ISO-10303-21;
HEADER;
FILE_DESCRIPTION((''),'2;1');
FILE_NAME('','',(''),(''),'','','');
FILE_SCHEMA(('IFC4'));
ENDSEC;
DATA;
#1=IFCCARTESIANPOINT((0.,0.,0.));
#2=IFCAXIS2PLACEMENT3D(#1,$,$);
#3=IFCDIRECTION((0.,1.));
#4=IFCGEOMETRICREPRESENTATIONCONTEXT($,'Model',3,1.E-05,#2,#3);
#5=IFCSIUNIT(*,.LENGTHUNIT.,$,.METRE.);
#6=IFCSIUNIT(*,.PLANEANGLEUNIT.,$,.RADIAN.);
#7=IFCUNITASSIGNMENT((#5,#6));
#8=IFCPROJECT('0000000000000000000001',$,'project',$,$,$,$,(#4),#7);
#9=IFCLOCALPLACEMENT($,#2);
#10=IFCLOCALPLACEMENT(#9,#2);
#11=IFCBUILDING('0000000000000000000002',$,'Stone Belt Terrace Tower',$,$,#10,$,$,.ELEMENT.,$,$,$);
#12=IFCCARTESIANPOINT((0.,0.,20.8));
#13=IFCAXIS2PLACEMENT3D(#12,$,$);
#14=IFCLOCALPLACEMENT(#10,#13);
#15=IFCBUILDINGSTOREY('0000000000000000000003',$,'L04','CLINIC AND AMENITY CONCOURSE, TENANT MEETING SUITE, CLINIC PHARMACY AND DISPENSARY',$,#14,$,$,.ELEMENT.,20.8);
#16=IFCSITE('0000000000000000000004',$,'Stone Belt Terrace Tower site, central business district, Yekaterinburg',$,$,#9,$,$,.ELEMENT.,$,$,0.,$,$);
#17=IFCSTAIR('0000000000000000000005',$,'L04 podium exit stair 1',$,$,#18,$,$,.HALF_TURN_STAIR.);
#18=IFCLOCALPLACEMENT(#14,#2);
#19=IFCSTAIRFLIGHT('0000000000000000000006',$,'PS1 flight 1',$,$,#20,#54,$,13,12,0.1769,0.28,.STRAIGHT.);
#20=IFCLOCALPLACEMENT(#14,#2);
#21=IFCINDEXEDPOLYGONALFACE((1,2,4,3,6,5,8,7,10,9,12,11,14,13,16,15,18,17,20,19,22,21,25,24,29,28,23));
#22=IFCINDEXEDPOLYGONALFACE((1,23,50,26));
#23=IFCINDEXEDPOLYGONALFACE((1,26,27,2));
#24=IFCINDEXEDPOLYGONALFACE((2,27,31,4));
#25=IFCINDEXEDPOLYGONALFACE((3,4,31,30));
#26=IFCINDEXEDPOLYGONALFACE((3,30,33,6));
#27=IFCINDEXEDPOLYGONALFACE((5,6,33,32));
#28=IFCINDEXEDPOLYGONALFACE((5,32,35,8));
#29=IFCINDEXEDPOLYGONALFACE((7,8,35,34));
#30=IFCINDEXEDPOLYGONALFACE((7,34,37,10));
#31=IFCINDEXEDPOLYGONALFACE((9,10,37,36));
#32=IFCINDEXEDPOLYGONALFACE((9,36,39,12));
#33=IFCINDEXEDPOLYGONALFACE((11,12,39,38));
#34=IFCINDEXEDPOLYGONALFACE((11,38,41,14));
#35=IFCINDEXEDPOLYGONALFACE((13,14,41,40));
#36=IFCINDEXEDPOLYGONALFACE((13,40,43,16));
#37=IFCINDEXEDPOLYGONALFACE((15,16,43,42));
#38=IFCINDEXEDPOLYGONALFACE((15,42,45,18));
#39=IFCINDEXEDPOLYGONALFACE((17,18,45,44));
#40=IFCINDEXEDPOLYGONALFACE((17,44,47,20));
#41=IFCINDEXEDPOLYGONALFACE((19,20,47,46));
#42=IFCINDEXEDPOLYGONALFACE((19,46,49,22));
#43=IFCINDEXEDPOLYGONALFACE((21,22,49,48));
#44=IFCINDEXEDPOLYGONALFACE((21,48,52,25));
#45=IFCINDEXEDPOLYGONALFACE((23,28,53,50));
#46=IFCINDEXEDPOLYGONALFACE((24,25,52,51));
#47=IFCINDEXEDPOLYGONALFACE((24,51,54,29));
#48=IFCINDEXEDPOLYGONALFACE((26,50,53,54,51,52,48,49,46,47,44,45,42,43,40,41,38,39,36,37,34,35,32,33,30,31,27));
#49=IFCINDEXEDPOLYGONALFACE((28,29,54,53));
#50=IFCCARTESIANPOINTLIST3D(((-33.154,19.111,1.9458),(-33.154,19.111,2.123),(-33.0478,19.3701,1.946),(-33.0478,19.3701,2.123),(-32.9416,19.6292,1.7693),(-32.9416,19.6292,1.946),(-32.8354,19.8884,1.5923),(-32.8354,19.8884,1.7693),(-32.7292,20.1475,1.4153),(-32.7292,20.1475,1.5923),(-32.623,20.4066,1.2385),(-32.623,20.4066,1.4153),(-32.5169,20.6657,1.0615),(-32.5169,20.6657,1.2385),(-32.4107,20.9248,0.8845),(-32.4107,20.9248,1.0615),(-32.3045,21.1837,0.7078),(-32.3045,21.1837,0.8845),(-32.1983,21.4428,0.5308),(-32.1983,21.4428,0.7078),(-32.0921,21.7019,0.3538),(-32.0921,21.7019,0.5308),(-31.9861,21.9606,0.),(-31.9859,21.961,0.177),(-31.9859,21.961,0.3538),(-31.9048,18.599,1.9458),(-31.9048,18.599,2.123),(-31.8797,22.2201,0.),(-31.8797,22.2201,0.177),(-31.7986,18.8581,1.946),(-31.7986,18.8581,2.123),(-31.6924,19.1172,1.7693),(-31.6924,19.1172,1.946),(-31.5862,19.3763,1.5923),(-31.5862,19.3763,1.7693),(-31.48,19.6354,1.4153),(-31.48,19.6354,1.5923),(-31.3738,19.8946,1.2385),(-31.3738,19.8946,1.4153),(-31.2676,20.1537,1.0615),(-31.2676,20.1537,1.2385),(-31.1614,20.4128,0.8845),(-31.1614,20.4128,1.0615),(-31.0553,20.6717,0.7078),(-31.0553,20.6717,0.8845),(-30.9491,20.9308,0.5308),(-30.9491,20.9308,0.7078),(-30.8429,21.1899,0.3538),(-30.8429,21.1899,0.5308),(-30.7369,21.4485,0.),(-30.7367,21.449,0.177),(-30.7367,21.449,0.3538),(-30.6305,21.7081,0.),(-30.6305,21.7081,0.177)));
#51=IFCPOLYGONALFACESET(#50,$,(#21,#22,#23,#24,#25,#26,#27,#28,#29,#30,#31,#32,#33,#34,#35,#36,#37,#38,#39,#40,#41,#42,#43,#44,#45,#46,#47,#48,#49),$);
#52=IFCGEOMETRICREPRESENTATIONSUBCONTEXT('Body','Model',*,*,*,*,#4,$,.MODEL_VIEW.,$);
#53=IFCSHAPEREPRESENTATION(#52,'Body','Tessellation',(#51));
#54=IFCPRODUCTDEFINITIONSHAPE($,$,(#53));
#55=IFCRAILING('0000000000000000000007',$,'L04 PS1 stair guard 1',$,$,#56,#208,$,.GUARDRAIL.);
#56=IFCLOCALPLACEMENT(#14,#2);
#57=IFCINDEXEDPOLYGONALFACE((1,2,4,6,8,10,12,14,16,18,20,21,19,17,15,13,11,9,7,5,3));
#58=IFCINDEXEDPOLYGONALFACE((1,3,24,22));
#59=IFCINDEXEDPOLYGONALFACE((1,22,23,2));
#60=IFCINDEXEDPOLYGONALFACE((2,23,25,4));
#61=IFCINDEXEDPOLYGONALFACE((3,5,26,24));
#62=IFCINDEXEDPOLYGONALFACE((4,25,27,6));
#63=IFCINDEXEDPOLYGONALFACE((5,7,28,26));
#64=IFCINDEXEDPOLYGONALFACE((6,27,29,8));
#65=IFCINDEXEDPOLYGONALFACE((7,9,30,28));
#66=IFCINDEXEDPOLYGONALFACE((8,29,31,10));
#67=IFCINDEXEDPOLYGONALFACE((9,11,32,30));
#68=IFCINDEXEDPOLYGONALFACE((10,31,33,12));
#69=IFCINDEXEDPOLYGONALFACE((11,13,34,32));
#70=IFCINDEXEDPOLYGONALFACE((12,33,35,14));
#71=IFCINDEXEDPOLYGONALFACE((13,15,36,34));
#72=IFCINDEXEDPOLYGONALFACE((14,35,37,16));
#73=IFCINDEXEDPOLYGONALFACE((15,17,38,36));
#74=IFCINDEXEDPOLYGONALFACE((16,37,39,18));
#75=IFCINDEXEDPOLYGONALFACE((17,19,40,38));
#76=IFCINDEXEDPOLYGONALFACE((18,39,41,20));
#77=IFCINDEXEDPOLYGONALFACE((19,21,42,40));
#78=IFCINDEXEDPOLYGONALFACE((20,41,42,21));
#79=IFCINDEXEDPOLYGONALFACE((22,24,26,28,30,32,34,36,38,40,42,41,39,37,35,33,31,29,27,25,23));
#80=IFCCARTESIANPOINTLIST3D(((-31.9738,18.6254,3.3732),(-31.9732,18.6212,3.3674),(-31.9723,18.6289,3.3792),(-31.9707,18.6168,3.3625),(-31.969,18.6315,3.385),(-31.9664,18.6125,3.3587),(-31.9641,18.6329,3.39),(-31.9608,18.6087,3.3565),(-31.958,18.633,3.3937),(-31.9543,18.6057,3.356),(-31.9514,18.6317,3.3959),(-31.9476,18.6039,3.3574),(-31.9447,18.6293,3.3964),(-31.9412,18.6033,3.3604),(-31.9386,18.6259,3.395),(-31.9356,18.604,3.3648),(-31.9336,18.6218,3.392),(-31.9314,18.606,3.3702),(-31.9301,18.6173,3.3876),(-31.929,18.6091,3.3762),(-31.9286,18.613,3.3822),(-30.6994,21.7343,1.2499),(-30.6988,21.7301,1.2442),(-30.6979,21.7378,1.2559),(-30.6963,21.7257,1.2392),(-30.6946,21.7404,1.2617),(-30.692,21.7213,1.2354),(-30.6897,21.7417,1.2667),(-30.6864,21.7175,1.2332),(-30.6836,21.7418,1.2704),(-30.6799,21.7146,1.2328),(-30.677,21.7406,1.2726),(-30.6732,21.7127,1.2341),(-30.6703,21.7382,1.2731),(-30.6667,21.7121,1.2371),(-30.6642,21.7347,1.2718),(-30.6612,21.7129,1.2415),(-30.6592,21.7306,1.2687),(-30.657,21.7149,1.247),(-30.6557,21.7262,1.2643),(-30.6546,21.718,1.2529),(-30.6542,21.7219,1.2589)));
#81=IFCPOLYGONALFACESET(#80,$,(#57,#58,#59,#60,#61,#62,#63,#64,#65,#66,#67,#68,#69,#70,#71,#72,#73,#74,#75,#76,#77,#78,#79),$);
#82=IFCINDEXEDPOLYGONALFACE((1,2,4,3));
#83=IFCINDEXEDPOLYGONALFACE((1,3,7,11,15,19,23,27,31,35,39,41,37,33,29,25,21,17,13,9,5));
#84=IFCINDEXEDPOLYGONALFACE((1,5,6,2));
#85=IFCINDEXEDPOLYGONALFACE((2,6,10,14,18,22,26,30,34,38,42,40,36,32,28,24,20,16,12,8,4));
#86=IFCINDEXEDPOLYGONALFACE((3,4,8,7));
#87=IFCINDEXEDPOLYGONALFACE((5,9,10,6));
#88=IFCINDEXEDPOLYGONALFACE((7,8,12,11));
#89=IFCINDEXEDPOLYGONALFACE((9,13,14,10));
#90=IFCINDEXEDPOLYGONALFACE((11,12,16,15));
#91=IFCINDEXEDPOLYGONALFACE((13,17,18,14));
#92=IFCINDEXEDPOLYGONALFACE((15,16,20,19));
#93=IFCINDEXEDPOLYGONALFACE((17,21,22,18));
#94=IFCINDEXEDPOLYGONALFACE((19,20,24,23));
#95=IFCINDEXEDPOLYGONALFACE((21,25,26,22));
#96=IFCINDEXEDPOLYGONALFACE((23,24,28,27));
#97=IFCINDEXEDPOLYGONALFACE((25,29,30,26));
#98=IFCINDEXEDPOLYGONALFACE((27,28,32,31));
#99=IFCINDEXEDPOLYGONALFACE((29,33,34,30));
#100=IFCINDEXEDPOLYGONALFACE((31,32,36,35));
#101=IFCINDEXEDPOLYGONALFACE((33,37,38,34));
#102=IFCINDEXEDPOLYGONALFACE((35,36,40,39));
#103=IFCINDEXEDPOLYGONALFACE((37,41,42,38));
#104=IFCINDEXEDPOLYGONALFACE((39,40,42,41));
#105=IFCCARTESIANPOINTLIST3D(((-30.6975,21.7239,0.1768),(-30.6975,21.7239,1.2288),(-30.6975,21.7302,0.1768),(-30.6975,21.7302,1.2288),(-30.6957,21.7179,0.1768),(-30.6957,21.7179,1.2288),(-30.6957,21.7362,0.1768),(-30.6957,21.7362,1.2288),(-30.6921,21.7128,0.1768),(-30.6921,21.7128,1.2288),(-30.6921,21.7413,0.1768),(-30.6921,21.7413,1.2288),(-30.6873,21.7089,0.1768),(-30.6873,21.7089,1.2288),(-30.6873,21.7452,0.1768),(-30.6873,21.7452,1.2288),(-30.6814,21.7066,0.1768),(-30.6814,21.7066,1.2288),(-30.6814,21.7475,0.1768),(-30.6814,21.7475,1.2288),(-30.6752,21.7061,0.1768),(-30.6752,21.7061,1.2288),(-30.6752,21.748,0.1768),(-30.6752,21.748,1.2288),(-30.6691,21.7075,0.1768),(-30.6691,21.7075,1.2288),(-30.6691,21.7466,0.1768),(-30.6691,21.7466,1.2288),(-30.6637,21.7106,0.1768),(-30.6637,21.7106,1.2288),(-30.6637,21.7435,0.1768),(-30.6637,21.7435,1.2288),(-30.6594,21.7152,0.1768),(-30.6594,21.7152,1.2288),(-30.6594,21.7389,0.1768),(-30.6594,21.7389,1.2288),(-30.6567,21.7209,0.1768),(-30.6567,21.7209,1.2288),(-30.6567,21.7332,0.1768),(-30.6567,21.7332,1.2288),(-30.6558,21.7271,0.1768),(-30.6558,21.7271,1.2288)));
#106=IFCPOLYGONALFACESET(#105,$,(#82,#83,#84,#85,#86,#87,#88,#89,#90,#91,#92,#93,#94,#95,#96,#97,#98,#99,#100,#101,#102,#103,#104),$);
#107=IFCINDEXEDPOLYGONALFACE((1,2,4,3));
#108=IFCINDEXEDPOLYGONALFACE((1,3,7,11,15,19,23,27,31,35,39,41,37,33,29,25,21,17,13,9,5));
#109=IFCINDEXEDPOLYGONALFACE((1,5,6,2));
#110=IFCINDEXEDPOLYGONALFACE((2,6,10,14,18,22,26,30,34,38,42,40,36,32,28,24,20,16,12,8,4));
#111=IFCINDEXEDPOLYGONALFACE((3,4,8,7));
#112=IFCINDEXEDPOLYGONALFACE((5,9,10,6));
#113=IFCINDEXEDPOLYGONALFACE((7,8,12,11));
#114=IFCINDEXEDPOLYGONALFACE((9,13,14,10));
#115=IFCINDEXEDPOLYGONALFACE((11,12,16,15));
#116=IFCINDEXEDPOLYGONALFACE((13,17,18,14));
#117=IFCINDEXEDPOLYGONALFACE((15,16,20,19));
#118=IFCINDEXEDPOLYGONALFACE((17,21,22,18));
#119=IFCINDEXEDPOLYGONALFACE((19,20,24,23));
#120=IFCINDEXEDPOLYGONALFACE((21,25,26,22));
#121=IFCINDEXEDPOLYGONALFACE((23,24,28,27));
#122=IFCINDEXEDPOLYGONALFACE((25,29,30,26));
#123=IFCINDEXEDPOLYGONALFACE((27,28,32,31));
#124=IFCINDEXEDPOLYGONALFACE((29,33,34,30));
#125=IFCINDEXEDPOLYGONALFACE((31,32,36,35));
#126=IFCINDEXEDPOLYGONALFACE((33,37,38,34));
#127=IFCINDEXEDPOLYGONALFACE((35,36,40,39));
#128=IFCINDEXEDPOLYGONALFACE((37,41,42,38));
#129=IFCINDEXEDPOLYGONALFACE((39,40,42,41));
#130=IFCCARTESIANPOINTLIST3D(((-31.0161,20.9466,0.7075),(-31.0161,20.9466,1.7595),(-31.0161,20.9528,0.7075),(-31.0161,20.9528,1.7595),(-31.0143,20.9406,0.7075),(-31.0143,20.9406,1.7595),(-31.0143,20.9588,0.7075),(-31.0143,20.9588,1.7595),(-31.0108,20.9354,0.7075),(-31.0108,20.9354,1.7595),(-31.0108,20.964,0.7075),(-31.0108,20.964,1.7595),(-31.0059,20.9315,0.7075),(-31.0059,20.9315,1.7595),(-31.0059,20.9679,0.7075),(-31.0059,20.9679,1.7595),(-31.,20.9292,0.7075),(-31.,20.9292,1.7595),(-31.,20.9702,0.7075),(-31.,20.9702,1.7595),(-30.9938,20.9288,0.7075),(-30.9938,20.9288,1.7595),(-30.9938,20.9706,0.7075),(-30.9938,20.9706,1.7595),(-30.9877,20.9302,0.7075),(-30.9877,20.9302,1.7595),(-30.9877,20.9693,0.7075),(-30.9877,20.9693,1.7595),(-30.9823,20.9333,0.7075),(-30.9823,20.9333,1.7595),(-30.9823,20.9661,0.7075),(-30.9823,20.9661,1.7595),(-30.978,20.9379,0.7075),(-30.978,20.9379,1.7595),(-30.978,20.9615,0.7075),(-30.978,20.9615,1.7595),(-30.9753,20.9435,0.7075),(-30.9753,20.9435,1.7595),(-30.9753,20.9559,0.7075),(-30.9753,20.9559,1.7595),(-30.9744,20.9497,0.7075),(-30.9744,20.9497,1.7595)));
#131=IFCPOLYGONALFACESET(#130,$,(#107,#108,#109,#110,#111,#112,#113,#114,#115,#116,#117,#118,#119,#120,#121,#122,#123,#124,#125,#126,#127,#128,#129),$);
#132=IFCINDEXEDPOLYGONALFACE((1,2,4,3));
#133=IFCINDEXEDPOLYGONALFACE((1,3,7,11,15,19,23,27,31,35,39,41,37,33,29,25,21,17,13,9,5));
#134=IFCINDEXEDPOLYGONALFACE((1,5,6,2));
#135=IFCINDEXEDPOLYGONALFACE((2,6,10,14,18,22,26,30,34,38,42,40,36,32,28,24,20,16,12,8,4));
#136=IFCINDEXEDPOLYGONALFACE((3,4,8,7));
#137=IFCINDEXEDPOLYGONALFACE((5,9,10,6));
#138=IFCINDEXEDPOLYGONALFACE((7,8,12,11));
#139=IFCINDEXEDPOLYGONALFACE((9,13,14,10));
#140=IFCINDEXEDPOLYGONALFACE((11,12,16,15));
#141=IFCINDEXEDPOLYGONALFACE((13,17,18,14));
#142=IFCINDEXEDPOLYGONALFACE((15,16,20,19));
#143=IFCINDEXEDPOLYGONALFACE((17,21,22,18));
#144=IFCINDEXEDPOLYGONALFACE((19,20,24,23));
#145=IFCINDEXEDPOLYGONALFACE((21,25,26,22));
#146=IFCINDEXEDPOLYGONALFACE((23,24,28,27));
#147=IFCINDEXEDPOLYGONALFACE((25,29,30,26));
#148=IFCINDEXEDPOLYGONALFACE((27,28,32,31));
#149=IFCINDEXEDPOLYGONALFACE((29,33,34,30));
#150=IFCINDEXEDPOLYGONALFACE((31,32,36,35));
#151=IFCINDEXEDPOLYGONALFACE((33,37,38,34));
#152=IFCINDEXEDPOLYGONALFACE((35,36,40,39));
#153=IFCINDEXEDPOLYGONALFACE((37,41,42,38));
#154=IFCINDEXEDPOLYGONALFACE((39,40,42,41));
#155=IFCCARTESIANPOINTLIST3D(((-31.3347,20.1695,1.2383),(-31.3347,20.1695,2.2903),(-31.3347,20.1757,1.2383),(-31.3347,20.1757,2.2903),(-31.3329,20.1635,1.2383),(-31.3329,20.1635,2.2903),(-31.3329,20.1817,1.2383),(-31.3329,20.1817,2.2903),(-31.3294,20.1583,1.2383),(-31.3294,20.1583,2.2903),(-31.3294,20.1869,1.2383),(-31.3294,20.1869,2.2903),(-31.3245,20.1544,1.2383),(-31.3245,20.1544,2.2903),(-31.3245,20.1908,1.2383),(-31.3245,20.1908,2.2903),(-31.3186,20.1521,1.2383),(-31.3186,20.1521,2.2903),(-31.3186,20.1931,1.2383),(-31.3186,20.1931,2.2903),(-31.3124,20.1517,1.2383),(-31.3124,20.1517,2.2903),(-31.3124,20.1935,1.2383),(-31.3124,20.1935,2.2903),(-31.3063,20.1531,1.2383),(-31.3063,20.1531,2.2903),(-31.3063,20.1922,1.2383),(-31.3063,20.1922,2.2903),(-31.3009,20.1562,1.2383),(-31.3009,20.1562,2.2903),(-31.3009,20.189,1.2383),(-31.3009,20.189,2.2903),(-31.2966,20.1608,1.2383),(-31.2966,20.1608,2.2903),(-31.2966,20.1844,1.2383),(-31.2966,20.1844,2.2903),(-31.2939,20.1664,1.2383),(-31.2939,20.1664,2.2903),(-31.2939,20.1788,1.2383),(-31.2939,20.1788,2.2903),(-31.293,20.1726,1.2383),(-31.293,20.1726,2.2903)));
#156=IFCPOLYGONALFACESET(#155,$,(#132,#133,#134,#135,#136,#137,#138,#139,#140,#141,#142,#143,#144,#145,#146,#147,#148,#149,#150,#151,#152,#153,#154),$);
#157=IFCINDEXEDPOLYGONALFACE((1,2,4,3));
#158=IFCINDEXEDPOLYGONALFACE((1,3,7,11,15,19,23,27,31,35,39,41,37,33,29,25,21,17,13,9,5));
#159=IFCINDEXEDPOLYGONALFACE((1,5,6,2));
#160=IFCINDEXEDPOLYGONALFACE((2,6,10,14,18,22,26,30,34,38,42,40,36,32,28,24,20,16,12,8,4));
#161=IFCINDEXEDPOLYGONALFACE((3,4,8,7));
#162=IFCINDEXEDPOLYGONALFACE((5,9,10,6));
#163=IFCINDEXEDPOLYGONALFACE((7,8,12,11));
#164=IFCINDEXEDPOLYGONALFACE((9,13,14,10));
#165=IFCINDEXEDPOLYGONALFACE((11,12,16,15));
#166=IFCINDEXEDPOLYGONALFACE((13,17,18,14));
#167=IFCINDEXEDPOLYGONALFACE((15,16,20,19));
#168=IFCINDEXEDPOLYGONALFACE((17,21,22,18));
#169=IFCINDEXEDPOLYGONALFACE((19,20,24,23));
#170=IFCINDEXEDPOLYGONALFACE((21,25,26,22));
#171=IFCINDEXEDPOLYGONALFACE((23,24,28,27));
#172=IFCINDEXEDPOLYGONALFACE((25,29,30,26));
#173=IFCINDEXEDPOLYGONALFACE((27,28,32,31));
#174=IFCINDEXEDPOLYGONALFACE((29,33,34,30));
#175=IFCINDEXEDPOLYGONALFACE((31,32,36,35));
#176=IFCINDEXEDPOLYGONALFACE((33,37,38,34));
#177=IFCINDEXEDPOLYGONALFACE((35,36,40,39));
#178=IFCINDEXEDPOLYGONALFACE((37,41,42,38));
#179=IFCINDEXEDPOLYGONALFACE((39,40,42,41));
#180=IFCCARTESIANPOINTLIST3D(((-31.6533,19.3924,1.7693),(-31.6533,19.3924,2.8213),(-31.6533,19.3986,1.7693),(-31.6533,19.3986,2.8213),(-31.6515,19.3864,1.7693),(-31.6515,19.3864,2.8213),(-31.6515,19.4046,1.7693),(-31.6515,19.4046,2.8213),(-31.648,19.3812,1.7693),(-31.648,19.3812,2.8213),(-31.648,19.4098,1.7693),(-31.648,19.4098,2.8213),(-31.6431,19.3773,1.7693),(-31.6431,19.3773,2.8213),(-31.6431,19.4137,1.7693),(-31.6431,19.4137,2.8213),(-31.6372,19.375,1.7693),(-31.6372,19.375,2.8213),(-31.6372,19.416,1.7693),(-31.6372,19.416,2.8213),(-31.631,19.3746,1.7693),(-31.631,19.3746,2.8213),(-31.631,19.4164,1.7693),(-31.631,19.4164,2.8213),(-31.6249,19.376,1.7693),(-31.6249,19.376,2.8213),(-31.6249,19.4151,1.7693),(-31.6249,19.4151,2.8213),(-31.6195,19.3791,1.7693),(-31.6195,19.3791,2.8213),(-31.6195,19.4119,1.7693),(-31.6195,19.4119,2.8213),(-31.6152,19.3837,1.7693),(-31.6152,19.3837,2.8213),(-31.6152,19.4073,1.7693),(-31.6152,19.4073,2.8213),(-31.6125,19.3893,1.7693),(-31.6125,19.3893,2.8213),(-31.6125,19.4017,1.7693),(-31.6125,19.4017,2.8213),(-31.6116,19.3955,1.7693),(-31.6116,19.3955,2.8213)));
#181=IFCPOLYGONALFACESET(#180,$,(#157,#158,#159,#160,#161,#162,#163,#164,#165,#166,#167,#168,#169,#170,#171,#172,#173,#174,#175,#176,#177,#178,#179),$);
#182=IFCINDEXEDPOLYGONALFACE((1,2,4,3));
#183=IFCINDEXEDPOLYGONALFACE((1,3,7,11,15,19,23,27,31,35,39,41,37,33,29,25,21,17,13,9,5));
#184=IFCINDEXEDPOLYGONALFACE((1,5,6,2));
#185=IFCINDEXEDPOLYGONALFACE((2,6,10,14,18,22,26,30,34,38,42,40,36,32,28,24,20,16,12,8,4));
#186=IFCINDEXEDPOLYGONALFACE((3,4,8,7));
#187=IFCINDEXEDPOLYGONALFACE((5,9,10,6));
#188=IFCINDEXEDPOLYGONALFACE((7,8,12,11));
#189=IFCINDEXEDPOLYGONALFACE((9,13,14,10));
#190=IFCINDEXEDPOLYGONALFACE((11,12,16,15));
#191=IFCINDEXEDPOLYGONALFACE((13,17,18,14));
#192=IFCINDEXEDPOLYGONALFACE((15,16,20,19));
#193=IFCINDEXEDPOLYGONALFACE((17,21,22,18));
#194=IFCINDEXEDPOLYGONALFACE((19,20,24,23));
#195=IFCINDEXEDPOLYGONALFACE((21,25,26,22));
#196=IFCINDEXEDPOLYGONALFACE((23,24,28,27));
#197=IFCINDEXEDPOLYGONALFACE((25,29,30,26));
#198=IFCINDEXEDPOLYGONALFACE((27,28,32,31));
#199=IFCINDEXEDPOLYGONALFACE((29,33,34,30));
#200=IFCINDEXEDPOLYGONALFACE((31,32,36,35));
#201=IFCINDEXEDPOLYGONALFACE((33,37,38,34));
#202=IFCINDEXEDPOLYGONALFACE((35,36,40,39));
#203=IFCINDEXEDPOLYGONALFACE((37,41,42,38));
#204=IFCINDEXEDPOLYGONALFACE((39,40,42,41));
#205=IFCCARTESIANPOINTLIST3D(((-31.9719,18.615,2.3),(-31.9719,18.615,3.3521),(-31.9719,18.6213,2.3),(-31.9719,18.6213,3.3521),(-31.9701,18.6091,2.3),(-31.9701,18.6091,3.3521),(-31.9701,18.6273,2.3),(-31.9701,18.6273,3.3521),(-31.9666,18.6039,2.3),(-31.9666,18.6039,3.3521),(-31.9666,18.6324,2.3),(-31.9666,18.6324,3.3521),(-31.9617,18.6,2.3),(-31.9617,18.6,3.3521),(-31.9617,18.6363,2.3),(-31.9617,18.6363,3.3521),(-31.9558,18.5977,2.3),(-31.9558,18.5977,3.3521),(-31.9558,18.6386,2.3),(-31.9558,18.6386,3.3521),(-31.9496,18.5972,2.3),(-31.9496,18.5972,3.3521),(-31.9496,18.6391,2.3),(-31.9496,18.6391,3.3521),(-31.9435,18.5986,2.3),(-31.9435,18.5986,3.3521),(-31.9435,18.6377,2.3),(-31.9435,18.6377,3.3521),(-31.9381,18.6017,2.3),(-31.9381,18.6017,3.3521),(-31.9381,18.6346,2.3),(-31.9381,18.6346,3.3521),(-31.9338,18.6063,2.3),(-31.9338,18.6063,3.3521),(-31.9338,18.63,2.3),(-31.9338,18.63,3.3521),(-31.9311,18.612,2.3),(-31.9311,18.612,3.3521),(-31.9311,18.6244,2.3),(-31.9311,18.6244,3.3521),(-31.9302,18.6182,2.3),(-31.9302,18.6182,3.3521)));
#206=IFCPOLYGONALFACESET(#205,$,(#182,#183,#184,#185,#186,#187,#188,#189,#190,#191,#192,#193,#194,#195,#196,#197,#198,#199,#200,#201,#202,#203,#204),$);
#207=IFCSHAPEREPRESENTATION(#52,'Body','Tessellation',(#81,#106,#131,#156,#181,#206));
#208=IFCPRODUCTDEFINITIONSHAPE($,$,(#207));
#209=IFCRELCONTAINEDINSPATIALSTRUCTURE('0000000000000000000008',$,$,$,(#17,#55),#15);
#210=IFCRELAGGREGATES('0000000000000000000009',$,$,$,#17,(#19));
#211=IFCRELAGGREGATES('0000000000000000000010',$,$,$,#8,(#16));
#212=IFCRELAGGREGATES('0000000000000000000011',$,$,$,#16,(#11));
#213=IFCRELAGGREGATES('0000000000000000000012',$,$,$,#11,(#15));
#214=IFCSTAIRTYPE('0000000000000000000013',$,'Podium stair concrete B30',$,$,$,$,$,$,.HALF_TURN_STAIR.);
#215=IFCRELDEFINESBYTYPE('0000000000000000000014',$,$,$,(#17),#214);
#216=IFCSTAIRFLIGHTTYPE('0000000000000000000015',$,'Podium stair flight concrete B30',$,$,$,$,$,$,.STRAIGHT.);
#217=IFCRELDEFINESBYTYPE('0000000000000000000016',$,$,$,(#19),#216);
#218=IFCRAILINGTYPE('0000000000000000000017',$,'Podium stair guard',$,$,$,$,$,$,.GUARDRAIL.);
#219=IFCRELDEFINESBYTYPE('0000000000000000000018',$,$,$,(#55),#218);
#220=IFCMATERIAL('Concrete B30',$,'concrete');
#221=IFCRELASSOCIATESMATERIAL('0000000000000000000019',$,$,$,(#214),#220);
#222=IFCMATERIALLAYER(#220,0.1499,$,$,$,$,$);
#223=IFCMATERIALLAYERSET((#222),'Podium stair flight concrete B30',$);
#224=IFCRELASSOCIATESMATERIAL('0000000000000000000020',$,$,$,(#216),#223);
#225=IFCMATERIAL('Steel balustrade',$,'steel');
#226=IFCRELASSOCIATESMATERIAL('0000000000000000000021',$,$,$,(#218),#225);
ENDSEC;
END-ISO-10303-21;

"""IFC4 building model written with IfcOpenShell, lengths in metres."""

from ifc_helpers import new_model, si_unit, direction, frame, origin, origin_2d, place, context, subcontext, project, spatial, polyline, circle, outline, extrude, material, layer, layer_set, type_object, element, aggregate, save


model = new_model("IFC4")

# Units and contexts
model_context = context("Model", 3, precision=1e-05, world=origin(), true_north=direction((0.0, 1.0)))
body_context = subcontext(model_context, "Body", "Model", "MODEL_VIEW")
ifc_project = project(units=[si_unit("LENGTHUNIT", "METRE"), si_unit("PLANEANGLEUNIT", "RADIAN")], contexts=[model_context])

# Site, building, storey
site_placement = place(None, origin())
site = spatial("IfcSite", under=ifc_project, at=site_placement, Name="Stone Belt Terrace Tower site, central business district, Yekaterinburg", CompositionType="ELEMENT", RefElevation=0.0)
building_placement = place(site_placement, origin())
building = spatial("IfcBuilding", under=site, at=building_placement, Name="Stone Belt Terrace Tower", CompositionType="ELEMENT")
storey_placement = place(building_placement, frame((0.0, 0.0, 20.8)))
storey = spatial("IfcBuildingStorey", under=building, at=storey_placement, Name="L04", Description="CLINIC AND AMENITY CONCOURSE, TENANT MEETING SUITE, CLINIC PHARMACY AND DISPENSARY", CompositionType="ELEMENT", Elevation=20.8)

# Shared definitions
ifc_material_1 = material(Name="Concrete B30", Category="concrete")

# Stair, stair flight
stair_type = type_object("IfcStairType", Name="Podium stair concrete B30", PredefinedType="HALF_TURN_STAIR", material=ifc_material_1)
stair_placement = place(storey_placement, origin())
stair = element("IfcStair", 1, at=stair_placement, inside=storey, type_object=stair_type, Name="L04 podium exit stair 1", PredefinedType="HALF_TURN_STAIR")
ifc_layer_1 = layer(ifc_material_1, 0.1499)
ifc_layer_set_1 = layer_set([ifc_layer_1], Name="Podium stair flight concrete B30")
stair_flight_type = type_object("IfcStairFlightType", Name="Podium stair flight concrete B30", PredefinedType="STRAIGHT", material=ifc_layer_set_1)
stair_flight_placement = place(storey_placement, frame((-31.2551, 21.9641, 0.0), z_axis=(0.0, 0.0, 1.0), x_axis=(-0.379243, -0.925297, 0.0)))
stair_flight = element("IfcStairFlight", 2, at=stair_flight_placement, type_object=stair_flight_type, Name="PS1 flight 1", NumberOfRisers=13, NumberOfTreads=12, PredefinedType="STRAIGHT", RiserHeight=0.1769, TreadLength=0.28, context=body_context, shape_type="SweptSolid", body=[
    extrude(outline(polyline([(0.0, 0.0), (0.0, 0.177), (0.28, 0.177), (0.28, 0.3538), (0.5601, 0.3538), (0.5601, 0.5308), (0.8401, 0.5308), (0.8401, 0.7078), (1.1201, 0.7078), (1.1201, 0.8845), (1.3999, 0.8845), (1.3999, 1.0615), (1.6799, 1.0615), (1.6799, 1.2385), (1.96, 1.2385), (1.96, 1.4153), (2.24, 1.4153), (2.24, 1.5923), (2.52, 1.5923), (2.52, 1.7693), (2.8, 1.7693), (2.8, 1.946), (3.0801, 1.946), (3.0801, 2.123), (3.3601, 2.123), (3.3601, 2.3), (3.3601, 1.9458), (0.2805, 0.0), (0.0, 0.0)])), frame((0.0, 0.675, 0.0), z_axis=(0.0, -1.0, 0.0), x_axis=(1.0, 0.0, 0.0)), (0.0, 0.0, 1.0), 1.3501),
])
aggregate(stair, [stair_flight])

# Railing
ifc_material_2 = material(Name="Steel balustrade", Category="steel")
railing_type_1 = type_object("IfcRailingType", Name="Podium stair guard", PredefinedType="GUARDRAIL", material=ifc_material_2)
railing_1_placement = place(storey_placement, frame((-30.6768, 21.7271, 0.1768)))
element("IfcRailing", 3, at=railing_1_placement, inside=storey, type_object=railing_type_1, Name="L04 PS1 stair guard 1", PredefinedType="GUARDRAIL", context=body_context, shape_type="SweptSolid", body=[
    extrude(circle(Radius=0.0239, at=origin_2d()), frame((0.0, 0.0, 1.0762), z_axis=(-0.320637, -0.782183, 0.534211), x_axis=(0.925276, -0.379295, 0.0)), (0.0, 0.0, 1.0), 3.9746),
    extrude(circle(Radius=0.021, at=origin_2d()), origin(), (0.0, 0.0, 1.0), 1.052),
    extrude(circle(Radius=0.021, at=origin_2d()), frame((-0.3186, -0.7773, 0.5308)), (0.0, 0.0, 1.0), 1.052),
    extrude(circle(Radius=0.021, at=origin_2d()), frame((-0.6372, -1.5544, 1.0615)), (0.0, 0.0, 1.0), 1.052),
    extrude(circle(Radius=0.021, at=origin_2d()), frame((-0.9558, -2.3315, 1.5925)), (0.0, 0.0, 1.0), 1.052),
    extrude(circle(Radius=0.021, at=origin_2d()), frame((-1.2744, -3.1089, 2.1233)), (0.0, 0.0, 1.0), 1.052),
])

save(model, "model.ifc")
